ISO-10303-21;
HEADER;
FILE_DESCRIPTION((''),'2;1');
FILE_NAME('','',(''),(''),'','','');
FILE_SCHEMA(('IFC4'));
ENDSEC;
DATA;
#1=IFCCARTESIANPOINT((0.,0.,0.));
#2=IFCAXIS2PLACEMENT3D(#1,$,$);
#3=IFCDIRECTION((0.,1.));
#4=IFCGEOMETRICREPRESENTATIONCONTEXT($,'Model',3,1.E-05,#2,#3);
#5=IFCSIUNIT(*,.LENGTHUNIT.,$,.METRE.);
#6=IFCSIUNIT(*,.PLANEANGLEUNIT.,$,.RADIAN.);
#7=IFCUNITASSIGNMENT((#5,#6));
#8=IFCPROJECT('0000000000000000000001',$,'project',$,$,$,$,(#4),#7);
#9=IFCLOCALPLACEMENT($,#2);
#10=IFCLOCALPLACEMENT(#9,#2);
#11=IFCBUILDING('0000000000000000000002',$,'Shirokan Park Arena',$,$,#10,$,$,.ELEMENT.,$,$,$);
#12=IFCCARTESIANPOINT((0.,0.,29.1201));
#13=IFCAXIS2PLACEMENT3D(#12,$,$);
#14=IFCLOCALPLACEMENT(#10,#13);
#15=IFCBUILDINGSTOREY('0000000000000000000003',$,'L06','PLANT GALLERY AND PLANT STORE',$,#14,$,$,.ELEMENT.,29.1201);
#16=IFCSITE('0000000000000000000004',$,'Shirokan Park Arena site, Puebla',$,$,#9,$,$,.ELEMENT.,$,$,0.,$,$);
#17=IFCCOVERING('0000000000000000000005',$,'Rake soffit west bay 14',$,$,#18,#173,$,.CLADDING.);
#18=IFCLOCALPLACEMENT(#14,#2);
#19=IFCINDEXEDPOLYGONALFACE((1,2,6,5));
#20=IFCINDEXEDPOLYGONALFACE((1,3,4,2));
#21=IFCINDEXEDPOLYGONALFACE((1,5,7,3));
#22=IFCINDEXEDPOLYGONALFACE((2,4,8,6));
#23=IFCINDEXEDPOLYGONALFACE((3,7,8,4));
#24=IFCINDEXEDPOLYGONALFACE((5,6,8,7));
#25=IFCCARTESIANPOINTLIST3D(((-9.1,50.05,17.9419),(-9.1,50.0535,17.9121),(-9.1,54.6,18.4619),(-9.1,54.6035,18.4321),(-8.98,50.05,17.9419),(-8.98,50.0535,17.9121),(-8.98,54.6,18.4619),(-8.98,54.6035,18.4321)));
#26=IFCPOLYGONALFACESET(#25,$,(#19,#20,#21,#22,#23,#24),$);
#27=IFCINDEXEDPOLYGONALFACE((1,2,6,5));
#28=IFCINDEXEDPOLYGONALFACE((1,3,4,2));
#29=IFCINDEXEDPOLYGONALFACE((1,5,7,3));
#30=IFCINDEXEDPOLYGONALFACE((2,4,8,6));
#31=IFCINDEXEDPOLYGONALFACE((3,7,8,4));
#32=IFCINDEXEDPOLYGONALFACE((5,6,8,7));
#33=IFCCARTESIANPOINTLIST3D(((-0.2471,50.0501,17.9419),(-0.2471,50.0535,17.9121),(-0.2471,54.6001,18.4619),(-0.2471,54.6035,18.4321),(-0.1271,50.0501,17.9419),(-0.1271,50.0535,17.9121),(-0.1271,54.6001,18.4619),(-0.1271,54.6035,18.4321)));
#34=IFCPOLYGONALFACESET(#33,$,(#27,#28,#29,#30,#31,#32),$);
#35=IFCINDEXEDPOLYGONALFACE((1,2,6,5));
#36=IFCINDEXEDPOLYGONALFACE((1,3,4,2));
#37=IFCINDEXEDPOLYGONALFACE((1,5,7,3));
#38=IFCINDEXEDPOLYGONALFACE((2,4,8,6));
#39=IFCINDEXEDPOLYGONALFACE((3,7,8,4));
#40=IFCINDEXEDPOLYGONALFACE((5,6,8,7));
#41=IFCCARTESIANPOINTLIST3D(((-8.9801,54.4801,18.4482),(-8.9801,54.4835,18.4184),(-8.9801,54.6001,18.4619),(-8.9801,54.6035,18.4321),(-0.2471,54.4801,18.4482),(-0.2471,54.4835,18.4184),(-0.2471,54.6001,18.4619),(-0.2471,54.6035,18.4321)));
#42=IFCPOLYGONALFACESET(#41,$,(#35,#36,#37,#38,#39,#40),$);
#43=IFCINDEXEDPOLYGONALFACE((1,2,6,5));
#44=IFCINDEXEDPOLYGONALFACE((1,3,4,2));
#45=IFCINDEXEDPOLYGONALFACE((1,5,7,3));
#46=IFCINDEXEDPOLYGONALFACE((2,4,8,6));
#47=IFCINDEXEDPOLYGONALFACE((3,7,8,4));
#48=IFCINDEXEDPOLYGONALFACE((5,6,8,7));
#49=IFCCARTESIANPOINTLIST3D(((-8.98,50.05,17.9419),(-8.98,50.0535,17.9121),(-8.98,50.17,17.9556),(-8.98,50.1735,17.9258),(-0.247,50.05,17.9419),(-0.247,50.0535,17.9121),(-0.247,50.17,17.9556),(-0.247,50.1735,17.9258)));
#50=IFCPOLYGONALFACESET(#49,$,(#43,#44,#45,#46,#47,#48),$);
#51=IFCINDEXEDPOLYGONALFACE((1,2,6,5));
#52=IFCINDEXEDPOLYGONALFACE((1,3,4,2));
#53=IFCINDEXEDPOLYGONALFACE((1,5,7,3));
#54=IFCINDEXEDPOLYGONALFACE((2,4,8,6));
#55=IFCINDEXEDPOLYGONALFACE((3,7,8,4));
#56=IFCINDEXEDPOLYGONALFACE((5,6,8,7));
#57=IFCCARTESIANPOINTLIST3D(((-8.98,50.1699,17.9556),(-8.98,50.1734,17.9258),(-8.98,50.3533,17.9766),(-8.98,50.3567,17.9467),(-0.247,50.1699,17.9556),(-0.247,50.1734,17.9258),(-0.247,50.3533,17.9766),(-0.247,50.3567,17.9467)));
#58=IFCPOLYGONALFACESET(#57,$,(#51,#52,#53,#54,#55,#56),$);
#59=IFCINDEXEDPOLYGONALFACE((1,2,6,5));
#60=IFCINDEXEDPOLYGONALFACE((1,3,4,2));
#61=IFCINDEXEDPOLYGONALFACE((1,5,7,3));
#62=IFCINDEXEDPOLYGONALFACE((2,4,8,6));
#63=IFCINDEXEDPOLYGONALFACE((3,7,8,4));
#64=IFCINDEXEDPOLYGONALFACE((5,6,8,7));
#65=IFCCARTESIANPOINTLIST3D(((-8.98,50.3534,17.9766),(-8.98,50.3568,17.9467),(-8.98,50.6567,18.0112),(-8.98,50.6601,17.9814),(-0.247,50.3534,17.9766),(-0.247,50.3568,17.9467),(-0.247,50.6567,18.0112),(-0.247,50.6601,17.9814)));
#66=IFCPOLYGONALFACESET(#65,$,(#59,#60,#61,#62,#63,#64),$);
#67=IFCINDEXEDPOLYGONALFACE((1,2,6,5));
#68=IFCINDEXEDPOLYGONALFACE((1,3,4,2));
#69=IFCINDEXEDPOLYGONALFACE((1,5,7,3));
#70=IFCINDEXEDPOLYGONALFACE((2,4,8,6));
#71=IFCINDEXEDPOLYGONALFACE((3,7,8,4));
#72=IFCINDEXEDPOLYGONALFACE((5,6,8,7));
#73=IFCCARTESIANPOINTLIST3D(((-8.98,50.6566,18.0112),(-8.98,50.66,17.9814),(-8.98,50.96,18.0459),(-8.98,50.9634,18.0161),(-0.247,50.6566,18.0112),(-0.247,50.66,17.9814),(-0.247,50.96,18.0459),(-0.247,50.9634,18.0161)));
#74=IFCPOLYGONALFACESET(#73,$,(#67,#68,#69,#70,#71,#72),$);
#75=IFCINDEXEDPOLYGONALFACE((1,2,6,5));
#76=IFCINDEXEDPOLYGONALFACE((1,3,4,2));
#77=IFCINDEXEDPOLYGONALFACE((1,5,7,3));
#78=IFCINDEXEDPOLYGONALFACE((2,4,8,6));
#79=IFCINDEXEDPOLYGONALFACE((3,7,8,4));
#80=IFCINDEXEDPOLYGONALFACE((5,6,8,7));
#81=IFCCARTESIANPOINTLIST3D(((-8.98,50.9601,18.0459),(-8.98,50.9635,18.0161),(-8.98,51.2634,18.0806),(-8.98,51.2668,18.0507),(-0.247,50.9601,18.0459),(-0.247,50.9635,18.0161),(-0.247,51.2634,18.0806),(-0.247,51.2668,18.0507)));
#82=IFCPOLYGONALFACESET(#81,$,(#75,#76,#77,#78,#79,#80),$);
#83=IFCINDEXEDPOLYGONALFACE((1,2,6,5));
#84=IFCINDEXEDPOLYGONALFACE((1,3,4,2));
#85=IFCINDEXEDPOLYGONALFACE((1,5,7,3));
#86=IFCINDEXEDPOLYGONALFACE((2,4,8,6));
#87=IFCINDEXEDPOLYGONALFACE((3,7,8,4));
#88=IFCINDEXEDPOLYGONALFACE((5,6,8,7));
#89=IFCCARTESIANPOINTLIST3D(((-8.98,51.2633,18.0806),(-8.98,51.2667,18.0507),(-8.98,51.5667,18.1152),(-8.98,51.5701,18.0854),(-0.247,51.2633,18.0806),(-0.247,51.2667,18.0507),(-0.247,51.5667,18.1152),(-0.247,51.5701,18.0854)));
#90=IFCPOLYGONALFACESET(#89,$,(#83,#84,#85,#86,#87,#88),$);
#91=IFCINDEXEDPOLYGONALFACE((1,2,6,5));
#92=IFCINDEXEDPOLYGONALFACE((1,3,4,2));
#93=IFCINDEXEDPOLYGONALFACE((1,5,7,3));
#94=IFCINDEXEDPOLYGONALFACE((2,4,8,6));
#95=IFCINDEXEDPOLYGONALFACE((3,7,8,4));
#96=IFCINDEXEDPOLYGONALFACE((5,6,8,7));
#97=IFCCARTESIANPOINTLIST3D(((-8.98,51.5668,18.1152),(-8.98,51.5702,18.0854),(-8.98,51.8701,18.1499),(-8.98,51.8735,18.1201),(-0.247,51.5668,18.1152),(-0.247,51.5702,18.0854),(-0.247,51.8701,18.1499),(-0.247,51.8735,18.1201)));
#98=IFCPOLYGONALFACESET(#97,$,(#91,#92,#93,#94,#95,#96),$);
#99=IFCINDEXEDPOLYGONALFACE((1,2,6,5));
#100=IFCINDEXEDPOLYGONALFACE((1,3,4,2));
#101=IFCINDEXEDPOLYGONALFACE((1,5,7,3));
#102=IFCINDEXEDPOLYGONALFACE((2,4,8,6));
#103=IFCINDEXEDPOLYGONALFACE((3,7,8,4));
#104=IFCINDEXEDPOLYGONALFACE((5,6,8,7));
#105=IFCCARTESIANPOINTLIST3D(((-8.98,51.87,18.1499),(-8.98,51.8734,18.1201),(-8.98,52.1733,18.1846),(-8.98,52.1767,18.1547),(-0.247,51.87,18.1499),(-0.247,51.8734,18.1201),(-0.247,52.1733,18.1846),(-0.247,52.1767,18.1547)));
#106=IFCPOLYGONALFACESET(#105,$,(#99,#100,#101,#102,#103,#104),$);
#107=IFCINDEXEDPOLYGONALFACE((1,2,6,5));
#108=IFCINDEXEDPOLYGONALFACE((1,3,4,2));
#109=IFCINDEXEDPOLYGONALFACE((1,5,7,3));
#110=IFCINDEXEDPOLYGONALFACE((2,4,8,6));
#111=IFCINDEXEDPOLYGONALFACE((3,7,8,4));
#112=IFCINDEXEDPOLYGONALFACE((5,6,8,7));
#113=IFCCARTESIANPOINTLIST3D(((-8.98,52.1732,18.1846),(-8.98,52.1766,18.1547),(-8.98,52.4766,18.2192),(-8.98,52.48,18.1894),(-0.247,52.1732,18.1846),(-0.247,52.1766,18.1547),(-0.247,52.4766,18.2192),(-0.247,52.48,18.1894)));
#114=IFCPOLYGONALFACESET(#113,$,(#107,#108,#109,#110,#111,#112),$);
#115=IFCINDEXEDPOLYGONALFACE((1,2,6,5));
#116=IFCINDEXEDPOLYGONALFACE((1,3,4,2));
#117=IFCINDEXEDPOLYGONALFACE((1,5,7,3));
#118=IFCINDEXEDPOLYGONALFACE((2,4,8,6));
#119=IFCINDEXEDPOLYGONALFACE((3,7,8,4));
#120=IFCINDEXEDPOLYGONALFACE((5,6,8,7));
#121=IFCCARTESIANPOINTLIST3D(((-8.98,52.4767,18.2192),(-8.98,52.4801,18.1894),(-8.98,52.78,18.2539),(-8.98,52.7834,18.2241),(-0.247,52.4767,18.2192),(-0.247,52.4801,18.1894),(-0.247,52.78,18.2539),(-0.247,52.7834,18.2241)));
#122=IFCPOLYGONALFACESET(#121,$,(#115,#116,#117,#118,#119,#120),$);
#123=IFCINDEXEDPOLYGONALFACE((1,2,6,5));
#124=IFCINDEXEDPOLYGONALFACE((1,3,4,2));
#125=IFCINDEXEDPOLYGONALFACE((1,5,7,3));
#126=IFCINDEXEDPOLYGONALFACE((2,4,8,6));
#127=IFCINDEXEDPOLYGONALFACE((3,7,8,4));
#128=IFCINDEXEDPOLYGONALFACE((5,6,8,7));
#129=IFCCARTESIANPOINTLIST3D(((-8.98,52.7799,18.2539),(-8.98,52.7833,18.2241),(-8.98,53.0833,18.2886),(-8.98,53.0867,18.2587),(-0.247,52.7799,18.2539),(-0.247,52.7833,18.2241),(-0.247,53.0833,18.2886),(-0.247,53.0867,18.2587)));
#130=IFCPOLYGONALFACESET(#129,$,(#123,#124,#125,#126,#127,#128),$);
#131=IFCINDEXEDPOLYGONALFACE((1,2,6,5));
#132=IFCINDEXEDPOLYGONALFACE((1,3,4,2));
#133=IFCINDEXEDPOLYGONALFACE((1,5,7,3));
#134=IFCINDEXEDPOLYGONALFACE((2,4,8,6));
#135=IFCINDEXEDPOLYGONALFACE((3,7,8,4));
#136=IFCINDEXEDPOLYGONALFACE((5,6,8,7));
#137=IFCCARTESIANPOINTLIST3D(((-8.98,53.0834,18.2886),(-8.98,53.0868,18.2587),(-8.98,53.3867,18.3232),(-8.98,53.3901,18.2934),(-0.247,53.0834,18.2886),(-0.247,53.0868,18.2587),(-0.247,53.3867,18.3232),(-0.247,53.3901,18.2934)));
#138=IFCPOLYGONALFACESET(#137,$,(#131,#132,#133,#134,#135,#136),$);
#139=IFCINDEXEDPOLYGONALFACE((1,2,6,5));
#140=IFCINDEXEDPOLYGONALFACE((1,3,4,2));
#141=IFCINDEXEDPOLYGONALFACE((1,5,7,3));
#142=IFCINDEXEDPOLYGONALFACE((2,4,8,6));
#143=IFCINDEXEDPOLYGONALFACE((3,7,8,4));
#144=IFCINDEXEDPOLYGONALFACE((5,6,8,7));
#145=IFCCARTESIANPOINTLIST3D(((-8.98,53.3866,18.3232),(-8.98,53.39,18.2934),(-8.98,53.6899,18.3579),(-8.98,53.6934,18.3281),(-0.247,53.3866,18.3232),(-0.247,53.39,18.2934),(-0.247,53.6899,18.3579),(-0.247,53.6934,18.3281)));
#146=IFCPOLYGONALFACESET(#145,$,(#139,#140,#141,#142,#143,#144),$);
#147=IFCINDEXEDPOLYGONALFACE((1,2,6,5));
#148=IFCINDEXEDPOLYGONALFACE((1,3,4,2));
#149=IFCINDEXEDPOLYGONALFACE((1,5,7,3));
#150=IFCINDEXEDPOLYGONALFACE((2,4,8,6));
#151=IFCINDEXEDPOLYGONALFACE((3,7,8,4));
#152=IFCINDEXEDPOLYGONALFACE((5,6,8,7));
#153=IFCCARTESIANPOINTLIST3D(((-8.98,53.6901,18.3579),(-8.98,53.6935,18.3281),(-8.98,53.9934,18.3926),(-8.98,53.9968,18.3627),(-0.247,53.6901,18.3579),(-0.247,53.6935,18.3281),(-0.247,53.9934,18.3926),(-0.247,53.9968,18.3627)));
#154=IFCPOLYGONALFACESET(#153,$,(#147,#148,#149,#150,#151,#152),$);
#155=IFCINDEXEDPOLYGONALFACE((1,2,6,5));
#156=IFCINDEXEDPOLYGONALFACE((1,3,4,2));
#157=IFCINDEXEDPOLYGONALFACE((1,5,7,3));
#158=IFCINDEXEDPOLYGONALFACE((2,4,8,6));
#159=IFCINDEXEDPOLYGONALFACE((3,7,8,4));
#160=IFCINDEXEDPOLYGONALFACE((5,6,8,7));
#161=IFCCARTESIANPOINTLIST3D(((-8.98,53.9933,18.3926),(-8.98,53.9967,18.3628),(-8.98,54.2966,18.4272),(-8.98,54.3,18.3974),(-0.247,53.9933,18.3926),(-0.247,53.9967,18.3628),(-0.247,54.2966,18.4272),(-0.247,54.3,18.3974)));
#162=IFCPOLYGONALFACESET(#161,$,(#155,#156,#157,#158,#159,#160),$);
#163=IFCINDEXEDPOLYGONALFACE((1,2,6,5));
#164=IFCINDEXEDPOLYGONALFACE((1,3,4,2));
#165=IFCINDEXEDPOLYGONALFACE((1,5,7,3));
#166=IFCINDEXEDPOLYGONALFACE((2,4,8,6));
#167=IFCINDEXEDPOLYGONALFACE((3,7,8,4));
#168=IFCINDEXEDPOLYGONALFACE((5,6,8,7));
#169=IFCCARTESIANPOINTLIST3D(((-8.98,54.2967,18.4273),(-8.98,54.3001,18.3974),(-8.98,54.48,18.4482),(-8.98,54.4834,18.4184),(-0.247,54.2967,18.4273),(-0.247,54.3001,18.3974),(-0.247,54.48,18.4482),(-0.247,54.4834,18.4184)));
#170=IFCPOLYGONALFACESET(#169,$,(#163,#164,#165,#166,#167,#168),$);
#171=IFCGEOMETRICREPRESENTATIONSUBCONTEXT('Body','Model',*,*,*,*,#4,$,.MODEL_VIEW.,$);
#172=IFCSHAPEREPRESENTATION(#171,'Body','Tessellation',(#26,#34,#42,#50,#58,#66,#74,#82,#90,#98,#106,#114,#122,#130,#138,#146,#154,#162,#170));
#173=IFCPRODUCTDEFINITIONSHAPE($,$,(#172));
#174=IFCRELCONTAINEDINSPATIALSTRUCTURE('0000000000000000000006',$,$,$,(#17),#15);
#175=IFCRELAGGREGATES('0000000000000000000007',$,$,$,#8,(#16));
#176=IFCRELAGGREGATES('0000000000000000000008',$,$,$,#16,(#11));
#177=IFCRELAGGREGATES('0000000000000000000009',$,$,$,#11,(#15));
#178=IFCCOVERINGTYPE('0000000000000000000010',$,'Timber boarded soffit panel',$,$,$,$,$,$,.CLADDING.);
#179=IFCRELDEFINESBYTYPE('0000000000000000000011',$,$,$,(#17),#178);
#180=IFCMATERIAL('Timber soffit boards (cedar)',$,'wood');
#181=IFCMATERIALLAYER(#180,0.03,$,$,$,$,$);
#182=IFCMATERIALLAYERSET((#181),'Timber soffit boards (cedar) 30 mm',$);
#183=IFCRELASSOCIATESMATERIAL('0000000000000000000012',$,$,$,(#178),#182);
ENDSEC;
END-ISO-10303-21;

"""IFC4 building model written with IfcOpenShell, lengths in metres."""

from ifc_helpers import new_model, si_unit, direction, frame, origin, place, context, subcontext, project, spatial, polyline, outline, extrude, material, layer, layer_set, type_object, element, save


model = new_model("IFC4")

# Units and contexts
model_context = context("Model", 3, precision=1e-05, world=origin(), true_north=direction((0.0, 1.0)))
body_context = subcontext(model_context, "Body", "Model", "MODEL_VIEW")
ifc_project = project(units=[si_unit("LENGTHUNIT", "METRE"), si_unit("PLANEANGLEUNIT", "RADIAN")], contexts=[model_context])

# Site, building, storey
site_placement = place(None, origin())
site = spatial("IfcSite", under=ifc_project, at=site_placement, Name="Shirokan Park Arena site, Puebla", CompositionType="ELEMENT", RefElevation=0.0)
building_placement = place(site_placement, origin())
building = spatial("IfcBuilding", under=site, at=building_placement, Name="Shirokan Park Arena", CompositionType="ELEMENT")
storey_placement = place(building_placement, frame((0.0, 0.0, 29.1201)))
storey = spatial("IfcBuildingStorey", under=building, at=storey_placement, Name="L06", Description="PLANT GALLERY AND PLANT STORE", CompositionType="ELEMENT", Elevation=29.1201)

# Covering
ifc_material = material(Name="Timber soffit boards (cedar)", Category="wood")
ifc_layer = layer(ifc_material, 0.03)
ifc_layer_set = layer_set([ifc_layer], Name="Timber soffit boards (cedar) 30 mm")
covering_type = type_object("IfcCoveringType", Name="Timber boarded soffit panel", PredefinedType="CLADDING", material=ifc_layer_set)
covering_1_placement = place(storey_placement, origin())
element("IfcCovering", 1, at=covering_1_placement, inside=storey, type_object=covering_type, Name="Rake soffit west bay 14", PredefinedType="CLADDING", context=body_context, shape_type="SweptSolid", body=[
    extrude(outline(polyline([(0.0, 0.0), (0.12, 0.0), (0.12, -4.5796), (0.0, -4.5796), (0.0, 0.0)])), frame((-8.98, 50.05, 17.9419), z_axis=(0.0, -0.113547, 0.993533), x_axis=(-1.0, 0.0, 0.0)), (0.0, 0.0, -1.0), 0.03),
    extrude(outline(polyline([(0.0, 0.0), (0.12, 0.0), (0.12, -4.5796), (0.0, -4.5796), (0.0, 0.0)])), frame((-0.2471, 54.6001, 18.4619), z_axis=(0.0, -0.113547, 0.993533), x_axis=(1.0, 0.0, 0.0)), (0.0, 0.0, -1.0), 0.03),
    extrude(outline(polyline([(0.0, 0.0), (0.1208, 0.0), (0.1208, -8.733), (0.0, -8.733), (0.0, 0.0)])), frame((-0.2471, 54.6001, 18.4619), z_axis=(0.0, -0.113512, 0.993537), x_axis=(0.0, -0.993537, -0.113512)), (0.0, 0.0, -1.0), 0.03),
    extrude(outline(polyline([(0.0, 0.0), (0.1208, 0.0), (0.1208, -8.733), (0.0, -8.733), (0.0, 0.0)])), frame((-8.98, 50.05, 17.9419), z_axis=(0.0, -0.113512, 0.993537), x_axis=(0.0, 0.993537, 0.113512)), (0.0, 0.0, -1.0), 0.03),
    extrude(outline(polyline([(0.0, 0.0), (8.733, 0.0), (8.733, -0.1845), (0.0, -0.1845), (0.0, 0.0)])), frame((-8.98, 50.3533, 17.9766), z_axis=(0.0, -0.113589, 0.993528), x_axis=(1.0, 0.0, 0.0)), (0.0, 0.0, -1.0), 0.03),
    extrude(outline(polyline([(0.0, 0.0), (8.733, 0.0), (8.733, -0.3053), (0.0, -0.3053), (0.0, 0.0)])), frame((-8.98, 50.6567, 18.0112), z_axis=(0.0, -0.113523, 0.993535), x_axis=(1.0, 0.0, 0.0)), (0.0, 0.0, -1.0), 0.03),
    extrude(outline(polyline([(0.0, 0.0), (8.733, 0.0), (8.733, -0.3053), (0.0, -0.3053), (0.0, 0.0)])), frame((-8.98, 50.96, 18.0459), z_axis=(0.0, -0.113559, 0.993531), x_axis=(1.0, 0.0, 0.0)), (0.0, 0.0, -1.0), 0.03),
    extrude(outline(polyline([(0.0, 0.0), (8.733, 0.0), (8.733, -0.3053), (0.0, -0.3053), (0.0, 0.0)])), frame((-8.98, 51.2634, 18.0806), z_axis=(0.0, -0.113559, 0.993531), x_axis=(1.0, 0.0, 0.0)), (0.0, 0.0, -1.0), 0.03),
    extrude(outline(polyline([(0.0, 0.0), (8.733, 0.0), (8.733, -0.3053), (0.0, -0.3053), (0.0, 0.0)])), frame((-8.98, 51.5667, 18.1152), z_axis=(0.0, -0.113523, 0.993535), x_axis=(1.0, 0.0, 0.0)), (0.0, 0.0, -1.0), 0.03),
    extrude(outline(polyline([(0.0, 0.0), (8.733, 0.0), (8.733, -0.3053), (0.0, -0.3053), (0.0, 0.0)])), frame((-8.98, 51.8701, 18.1499), z_axis=(0.0, -0.113559, 0.993531), x_axis=(1.0, 0.0, 0.0)), (0.0, 0.0, -1.0), 0.03),
    extrude(outline(polyline([(0.0, 0.0), (8.733, 0.0), (8.733, -0.3053), (0.0, -0.3053), (0.0, 0.0)])), frame((-8.98, 52.1733, 18.1846), z_axis=(0.0, -0.113559, 0.993531), x_axis=(1.0, 0.0, 0.0)), (0.0, 0.0, -1.0), 0.03),
    extrude(outline(polyline([(0.0, 0.0), (8.733, 0.0), (8.733, -0.3053), (0.0, -0.3053), (0.0, 0.0)])), frame((-8.98, 52.4766, 18.2192), z_axis=(0.0, -0.113523, 0.993535), x_axis=(1.0, 0.0, 0.0)), (0.0, 0.0, -1.0), 0.03),
    extrude(outline(polyline([(0.0, 0.0), (8.733, 0.0), (8.733, -0.3053), (0.0, -0.3053), (0.0, 0.0)])), frame((-8.98, 52.78, 18.2539), z_axis=(0.0, -0.113559, 0.993531), x_axis=(1.0, 0.0, 0.0)), (0.0, 0.0, -1.0), 0.03),
    extrude(outline(polyline([(0.0, 0.0), (8.733, 0.0), (8.733, -0.3053), (0.0, -0.3053), (0.0, 0.0)])), frame((-8.98, 53.0833, 18.2886), z_axis=(0.0, -0.113559, 0.993531), x_axis=(1.0, 0.0, 0.0)), (0.0, 0.0, -1.0), 0.03),
    extrude(outline(polyline([(0.0, 0.0), (8.733, 0.0), (8.733, -0.3053), (0.0, -0.3053), (0.0, 0.0)])), frame((-8.98, 53.3867, 18.3232), z_axis=(0.0, -0.113523, 0.993535), x_axis=(1.0, 0.0, 0.0)), (0.0, 0.0, -1.0), 0.03),
    extrude(outline(polyline([(0.0, 0.0), (8.733, 0.0), (8.733, -0.3053), (0.0, -0.3053), (0.0, 0.0)])), frame((-8.98, 53.6899, 18.3579), z_axis=(0.0, -0.113559, 0.993531), x_axis=(1.0, 0.0, 0.0)), (0.0, 0.0, -1.0), 0.03),
    extrude(outline(polyline([(0.0, 0.0), (8.733, 0.0), (8.733, -0.3053), (0.0, -0.3053), (0.0, 0.0)])), frame((-8.98, 53.9934, 18.3926), z_axis=(0.0, -0.113559, 0.993531), x_axis=(1.0, 0.0, 0.0)), (0.0, 0.0, -1.0), 0.03),
    extrude(outline(polyline([(0.0, 0.0), (8.733, 0.0), (8.733, -0.3053), (0.0, -0.3053), (0.0, 0.0)])), frame((-8.98, 54.2966, 18.4272), z_axis=(0.0, -0.113523, 0.993535), x_axis=(1.0, 0.0, 0.0)), (0.0, 0.0, -1.0), 0.03),
    extrude(outline(polyline([(0.0, 0.0), (8.733, 0.0), (8.733, -0.1845), (0.0, -0.1845), (0.0, 0.0)])), frame((-8.98, 54.48, 18.4482), z_axis=(0.0, -0.113589, 0.993528), x_axis=(1.0, 0.0, 0.0)), (0.0, 0.0, -1.0), 0.03),
])

save(model, "model.ifc")
